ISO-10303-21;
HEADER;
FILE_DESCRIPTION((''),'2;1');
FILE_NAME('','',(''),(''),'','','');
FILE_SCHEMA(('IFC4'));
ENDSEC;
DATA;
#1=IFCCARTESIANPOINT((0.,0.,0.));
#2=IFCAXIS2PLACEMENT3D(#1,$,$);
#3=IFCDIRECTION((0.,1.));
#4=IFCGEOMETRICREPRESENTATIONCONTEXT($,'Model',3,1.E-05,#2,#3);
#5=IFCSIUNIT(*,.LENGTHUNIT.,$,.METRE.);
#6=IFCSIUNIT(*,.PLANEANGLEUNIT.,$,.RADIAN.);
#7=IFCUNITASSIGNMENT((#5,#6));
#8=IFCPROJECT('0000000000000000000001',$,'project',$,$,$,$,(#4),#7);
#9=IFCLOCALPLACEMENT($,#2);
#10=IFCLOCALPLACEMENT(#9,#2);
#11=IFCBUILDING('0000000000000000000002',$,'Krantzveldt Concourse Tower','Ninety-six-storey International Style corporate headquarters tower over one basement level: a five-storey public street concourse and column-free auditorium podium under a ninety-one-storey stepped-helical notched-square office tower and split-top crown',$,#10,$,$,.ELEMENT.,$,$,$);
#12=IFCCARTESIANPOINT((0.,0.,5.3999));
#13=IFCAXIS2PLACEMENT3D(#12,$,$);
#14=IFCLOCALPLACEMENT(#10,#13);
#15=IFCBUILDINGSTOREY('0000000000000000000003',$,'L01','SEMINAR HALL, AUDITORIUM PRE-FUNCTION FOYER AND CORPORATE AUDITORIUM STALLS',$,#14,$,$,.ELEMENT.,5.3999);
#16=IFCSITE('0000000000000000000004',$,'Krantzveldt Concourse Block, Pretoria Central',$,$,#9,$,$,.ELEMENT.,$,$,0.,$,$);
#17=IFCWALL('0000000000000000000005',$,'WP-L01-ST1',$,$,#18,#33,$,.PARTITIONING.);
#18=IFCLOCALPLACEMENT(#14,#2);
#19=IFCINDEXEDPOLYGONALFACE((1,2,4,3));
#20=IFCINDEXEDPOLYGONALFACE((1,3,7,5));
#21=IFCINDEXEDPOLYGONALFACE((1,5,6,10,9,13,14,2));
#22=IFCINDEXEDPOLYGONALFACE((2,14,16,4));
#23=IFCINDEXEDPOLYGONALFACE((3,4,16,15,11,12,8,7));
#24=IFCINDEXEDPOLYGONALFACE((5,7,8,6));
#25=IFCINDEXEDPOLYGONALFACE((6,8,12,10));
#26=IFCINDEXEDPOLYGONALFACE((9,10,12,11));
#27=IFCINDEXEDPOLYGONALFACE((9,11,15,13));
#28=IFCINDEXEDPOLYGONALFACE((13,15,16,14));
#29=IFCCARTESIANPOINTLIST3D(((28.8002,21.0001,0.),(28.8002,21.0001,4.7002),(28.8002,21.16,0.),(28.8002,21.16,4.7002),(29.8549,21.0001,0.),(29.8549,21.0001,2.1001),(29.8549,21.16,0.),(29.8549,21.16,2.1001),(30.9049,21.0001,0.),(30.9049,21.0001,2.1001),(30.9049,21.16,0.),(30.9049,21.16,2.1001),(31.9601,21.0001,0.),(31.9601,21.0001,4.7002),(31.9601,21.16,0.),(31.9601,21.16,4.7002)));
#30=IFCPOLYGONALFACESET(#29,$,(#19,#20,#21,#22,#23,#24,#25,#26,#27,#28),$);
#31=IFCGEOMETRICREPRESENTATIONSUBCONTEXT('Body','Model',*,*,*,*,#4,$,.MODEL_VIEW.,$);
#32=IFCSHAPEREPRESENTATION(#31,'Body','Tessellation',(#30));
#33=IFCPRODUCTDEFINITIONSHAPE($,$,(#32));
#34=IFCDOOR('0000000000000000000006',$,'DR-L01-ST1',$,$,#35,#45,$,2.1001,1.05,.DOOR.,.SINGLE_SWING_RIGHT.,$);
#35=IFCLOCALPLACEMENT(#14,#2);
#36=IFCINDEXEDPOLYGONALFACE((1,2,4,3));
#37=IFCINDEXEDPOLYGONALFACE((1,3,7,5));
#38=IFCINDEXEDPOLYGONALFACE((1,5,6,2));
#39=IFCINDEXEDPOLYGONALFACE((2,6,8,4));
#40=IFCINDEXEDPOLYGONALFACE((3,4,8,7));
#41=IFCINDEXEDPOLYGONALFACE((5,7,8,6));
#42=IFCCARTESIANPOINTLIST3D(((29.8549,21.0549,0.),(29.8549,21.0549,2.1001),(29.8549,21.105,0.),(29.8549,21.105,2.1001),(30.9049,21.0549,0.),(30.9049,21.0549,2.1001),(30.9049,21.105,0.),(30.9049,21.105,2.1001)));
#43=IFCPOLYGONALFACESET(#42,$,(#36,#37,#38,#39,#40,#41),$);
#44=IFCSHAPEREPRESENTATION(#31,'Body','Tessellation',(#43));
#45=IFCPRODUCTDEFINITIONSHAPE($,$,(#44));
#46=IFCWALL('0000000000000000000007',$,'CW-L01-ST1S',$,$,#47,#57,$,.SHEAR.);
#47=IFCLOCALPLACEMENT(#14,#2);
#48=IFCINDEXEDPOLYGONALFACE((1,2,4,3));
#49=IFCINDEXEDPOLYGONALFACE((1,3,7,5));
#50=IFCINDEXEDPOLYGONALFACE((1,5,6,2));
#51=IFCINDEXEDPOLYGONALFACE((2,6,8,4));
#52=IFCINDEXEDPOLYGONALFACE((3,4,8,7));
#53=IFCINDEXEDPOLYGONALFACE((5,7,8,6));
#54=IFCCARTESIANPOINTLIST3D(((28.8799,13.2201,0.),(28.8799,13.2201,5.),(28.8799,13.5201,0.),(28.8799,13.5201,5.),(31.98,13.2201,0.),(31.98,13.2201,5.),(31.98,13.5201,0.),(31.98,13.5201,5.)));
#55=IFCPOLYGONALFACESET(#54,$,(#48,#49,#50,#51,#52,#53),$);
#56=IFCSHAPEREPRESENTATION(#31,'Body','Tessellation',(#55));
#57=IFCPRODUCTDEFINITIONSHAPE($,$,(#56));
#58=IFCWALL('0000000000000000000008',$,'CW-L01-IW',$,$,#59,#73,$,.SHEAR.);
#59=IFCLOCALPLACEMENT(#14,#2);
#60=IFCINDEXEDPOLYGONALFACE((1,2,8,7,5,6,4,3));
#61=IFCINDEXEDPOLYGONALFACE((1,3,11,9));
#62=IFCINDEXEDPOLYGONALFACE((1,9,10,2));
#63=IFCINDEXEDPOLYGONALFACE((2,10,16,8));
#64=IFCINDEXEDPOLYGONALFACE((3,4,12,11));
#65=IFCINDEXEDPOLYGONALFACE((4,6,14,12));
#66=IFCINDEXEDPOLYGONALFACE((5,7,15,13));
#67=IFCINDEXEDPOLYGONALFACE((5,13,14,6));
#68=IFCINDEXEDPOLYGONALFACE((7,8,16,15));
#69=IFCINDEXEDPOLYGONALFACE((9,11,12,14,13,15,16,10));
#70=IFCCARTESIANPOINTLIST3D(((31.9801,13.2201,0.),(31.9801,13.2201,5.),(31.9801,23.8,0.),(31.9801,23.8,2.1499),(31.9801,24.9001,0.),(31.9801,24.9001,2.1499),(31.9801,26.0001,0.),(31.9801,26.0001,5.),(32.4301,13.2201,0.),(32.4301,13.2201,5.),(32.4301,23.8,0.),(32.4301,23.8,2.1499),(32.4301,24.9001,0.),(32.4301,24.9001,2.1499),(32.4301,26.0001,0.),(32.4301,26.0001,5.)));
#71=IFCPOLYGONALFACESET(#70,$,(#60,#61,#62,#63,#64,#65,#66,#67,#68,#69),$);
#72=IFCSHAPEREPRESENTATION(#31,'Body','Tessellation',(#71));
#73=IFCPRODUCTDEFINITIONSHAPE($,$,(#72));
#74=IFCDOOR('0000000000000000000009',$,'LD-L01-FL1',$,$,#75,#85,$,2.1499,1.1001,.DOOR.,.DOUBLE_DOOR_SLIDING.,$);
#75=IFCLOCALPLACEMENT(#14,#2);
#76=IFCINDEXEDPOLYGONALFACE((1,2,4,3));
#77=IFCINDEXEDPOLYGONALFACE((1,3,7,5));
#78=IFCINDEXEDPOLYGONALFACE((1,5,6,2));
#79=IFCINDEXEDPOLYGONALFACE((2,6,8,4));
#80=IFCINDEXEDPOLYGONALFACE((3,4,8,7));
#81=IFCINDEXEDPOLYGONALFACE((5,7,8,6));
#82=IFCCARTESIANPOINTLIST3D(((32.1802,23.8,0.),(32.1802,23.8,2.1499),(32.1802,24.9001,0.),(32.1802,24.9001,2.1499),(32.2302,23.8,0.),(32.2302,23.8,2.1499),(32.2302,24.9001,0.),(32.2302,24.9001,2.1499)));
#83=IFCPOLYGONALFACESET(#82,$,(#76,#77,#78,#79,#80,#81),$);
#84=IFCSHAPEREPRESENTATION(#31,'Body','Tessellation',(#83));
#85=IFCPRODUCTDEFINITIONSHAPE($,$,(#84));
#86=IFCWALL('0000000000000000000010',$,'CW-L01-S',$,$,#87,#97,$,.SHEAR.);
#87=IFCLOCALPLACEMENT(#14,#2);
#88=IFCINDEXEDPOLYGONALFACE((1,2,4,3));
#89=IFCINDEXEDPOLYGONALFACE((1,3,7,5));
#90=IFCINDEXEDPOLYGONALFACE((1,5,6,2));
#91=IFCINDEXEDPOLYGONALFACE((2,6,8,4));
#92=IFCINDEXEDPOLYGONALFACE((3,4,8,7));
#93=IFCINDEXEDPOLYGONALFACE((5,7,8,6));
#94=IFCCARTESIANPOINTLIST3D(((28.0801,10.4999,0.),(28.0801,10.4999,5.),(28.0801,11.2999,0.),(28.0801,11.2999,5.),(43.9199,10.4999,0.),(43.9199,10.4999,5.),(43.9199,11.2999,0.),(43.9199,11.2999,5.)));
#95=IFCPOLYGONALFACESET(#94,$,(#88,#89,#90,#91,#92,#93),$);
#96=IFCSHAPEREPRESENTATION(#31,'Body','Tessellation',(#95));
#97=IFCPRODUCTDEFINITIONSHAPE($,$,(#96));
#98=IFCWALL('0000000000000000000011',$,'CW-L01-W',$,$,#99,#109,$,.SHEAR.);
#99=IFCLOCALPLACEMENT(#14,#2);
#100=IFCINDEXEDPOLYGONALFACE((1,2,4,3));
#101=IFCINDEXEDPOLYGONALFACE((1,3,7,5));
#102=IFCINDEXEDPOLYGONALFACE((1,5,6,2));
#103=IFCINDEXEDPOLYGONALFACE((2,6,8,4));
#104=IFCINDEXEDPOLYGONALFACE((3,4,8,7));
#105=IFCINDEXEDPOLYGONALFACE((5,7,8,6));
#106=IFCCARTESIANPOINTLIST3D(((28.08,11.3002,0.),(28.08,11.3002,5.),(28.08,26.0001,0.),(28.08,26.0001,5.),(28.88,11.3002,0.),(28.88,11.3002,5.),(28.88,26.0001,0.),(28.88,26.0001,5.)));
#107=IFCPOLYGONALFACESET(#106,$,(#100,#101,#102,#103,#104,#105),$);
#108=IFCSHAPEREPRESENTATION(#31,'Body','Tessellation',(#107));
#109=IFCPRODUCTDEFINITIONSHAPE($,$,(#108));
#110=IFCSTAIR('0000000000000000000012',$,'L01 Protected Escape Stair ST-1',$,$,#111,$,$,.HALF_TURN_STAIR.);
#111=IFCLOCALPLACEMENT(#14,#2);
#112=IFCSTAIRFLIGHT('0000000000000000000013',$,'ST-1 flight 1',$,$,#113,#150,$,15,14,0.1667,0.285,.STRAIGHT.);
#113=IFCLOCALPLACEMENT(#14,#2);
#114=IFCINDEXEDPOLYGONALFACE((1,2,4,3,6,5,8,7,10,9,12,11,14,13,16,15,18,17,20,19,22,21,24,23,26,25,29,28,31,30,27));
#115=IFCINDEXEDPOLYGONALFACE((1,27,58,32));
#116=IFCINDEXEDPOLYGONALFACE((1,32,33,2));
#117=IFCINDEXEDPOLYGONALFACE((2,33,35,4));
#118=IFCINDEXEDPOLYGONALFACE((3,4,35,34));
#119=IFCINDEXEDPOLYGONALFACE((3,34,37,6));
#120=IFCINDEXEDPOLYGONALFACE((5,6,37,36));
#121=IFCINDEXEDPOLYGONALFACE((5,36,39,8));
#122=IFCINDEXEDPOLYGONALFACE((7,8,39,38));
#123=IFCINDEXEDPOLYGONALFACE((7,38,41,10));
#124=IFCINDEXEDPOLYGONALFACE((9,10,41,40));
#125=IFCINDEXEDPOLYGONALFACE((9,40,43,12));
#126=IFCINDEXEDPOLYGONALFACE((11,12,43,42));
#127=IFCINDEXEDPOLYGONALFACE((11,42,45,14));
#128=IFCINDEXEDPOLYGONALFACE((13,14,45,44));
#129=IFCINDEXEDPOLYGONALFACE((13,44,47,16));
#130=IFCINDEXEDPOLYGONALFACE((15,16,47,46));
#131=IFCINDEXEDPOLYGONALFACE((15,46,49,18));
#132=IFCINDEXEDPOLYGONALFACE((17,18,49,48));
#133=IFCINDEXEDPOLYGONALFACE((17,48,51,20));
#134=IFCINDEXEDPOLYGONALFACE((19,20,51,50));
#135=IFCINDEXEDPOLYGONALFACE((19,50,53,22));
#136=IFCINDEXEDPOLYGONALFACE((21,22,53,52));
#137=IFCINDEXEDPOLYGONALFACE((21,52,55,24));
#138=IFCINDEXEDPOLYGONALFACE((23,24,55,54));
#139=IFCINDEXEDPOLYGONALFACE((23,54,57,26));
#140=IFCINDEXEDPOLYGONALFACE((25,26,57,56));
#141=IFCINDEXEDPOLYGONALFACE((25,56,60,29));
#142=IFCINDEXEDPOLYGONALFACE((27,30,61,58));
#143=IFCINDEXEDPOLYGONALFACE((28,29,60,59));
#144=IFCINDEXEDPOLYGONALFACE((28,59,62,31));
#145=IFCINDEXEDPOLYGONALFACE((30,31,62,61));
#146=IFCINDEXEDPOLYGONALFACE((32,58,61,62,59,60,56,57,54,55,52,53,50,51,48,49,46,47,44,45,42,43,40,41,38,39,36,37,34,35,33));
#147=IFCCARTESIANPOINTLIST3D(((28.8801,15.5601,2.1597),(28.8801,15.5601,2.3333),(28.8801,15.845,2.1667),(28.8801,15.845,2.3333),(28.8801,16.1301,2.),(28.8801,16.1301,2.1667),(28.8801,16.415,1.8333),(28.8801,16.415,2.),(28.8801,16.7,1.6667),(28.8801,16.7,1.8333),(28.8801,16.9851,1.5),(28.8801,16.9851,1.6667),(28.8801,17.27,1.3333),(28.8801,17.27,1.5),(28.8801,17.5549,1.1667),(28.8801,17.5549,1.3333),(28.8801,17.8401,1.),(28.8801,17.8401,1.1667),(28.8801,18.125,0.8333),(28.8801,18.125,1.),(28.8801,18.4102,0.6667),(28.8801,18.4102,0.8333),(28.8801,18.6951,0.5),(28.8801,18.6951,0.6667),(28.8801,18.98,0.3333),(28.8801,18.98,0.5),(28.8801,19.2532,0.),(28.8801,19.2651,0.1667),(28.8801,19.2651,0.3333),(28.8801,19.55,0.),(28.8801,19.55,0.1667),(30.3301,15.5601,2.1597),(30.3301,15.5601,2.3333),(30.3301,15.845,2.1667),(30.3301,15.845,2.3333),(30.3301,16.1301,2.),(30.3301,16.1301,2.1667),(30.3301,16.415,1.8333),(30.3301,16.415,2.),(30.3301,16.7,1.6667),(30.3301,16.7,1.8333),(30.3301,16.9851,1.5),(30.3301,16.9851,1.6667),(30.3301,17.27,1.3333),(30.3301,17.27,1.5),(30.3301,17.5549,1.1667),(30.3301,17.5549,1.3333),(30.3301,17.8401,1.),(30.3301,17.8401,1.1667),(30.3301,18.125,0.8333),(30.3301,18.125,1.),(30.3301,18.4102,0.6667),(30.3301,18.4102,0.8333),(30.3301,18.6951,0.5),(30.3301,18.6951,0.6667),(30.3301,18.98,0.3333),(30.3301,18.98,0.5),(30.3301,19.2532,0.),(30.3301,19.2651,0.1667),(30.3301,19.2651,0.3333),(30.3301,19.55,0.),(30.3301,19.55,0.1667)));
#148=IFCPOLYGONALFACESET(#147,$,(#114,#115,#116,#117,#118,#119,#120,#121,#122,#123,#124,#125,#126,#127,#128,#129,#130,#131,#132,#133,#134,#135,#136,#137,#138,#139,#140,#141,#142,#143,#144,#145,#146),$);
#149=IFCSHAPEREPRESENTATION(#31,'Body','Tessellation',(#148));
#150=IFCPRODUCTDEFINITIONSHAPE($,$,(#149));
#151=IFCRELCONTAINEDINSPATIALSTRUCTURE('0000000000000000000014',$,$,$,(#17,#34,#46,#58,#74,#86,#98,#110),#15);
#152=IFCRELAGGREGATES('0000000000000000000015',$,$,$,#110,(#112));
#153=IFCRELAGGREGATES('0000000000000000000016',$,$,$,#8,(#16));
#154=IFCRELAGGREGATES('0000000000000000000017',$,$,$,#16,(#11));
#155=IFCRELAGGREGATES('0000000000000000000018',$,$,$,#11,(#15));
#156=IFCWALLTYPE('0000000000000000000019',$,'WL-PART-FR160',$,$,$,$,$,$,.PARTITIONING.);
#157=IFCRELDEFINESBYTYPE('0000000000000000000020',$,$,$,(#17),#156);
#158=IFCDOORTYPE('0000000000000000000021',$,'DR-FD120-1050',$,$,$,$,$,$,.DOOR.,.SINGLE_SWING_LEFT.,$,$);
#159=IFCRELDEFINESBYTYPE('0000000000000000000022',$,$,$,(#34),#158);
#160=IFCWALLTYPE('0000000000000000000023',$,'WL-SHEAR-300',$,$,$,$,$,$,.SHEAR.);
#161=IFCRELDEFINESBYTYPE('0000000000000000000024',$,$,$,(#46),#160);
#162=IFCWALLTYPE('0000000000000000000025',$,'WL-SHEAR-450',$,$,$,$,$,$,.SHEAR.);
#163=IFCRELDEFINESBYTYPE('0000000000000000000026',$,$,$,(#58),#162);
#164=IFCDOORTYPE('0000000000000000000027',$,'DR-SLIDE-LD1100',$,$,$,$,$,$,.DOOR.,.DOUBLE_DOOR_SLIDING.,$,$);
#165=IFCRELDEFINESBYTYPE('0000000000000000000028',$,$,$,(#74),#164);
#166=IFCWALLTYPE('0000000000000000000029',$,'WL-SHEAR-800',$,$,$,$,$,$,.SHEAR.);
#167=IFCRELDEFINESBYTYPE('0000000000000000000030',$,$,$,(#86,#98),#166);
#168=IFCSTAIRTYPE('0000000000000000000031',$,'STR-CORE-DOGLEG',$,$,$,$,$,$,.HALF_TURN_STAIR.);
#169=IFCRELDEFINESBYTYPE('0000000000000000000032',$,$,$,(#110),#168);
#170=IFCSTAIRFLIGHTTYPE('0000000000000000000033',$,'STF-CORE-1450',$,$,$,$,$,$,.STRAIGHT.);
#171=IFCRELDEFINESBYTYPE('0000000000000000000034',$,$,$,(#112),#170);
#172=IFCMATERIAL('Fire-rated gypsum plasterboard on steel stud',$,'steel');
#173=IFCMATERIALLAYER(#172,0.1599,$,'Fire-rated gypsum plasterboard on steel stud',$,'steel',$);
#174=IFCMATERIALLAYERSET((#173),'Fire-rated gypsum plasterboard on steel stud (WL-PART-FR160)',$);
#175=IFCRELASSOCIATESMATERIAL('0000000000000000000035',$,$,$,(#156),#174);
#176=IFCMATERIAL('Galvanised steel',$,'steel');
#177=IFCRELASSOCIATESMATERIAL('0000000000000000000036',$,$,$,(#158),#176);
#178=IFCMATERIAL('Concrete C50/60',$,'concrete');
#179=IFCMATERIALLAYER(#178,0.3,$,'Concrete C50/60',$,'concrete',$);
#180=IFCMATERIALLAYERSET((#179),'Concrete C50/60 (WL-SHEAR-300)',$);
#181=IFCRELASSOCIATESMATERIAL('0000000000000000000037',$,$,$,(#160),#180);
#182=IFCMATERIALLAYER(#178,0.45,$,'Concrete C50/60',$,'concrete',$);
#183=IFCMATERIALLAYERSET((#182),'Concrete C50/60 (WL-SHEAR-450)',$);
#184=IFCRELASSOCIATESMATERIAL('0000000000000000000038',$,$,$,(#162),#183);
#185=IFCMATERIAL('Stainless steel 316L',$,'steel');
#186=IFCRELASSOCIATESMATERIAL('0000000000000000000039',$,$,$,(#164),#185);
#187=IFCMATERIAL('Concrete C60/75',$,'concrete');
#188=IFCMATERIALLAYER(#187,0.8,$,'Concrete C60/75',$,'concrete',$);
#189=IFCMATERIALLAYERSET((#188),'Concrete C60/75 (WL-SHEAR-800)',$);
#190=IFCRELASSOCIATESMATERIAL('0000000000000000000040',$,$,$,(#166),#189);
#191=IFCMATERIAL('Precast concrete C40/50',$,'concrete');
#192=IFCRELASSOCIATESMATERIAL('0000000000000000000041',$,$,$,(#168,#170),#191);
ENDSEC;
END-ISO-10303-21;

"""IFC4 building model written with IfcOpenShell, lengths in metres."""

from ifc_helpers import new_model, si_unit, direction, frame, frame_2d, origin, place, context, subcontext, project, spatial, polyline, rectangle, outline, extrude, material, layer, layer_set, type_object, element, fill, aggregate, save


model = new_model("IFC4")

# Units and contexts
model_context = context("Model", 3, precision=1e-05, world=origin(), true_north=direction((0.0, 1.0)))
body_context = subcontext(model_context, "Body", "Model", "MODEL_VIEW")
ifc_project = project(units=[si_unit("LENGTHUNIT", "METRE"), si_unit("PLANEANGLEUNIT", "RADIAN")], contexts=[model_context])

# Site, building, storey
site_placement = place(None, origin())
site = spatial("IfcSite", under=ifc_project, at=site_placement, Name="Krantzveldt Concourse Block, Pretoria Central", CompositionType="ELEMENT", RefElevation=0.0)
building_placement = place(site_placement, origin())
building = spatial("IfcBuilding", under=site, at=building_placement, Name="Krantzveldt Concourse Tower", Description="Ninety-six-storey International Style corporate headquarters tower over one basement level: a five-storey public street concourse and column-free auditorium podium under a ninety-one-storey stepped-helical notched-square office tower and split-top crown", CompositionType="ELEMENT")
storey_placement = place(building_placement, frame((0.0, 0.0, 5.3999)))
storey = spatial("IfcBuildingStorey", under=building, at=storey_placement, Name="L01", Description="SEMINAR HALL, AUDITORIUM PRE-FUNCTION FOYER AND CORPORATE AUDITORIUM STALLS", CompositionType="ELEMENT", Elevation=5.3999)

# Shared definitions
ifc_material_1 = material(Name="Concrete C60/75", Category="concrete")

# Shared definitions
ifc_material_2 = material(Name="Fire-rated gypsum plasterboard on steel stud", Category="steel")

# Wall, opening, door
ifc_layer_1 = layer(ifc_material_2, 0.1599, Name="Fire-rated gypsum plasterboard on steel stud", Category="steel")
ifc_layer_set_1 = layer_set([ifc_layer_1], Name="Fire-rated gypsum plasterboard on steel stud (WL-PART-FR160)")
wall_type_1 = type_object("IfcWallType", Name="WL-PART-FR160", PredefinedType="PARTITIONING", material=ifc_layer_set_1)
wall_1_placement = place(storey_placement, frame((28.8, 21.0801, 0.0), z_axis=(0.0, 0.0, 1.0), x_axis=(1.0, 0.0, 0.0)))
wall_1 = element("IfcWall", 1, at=wall_1_placement, inside=storey, type_object=wall_type_1, Name="WP-L01-ST1", PredefinedType="PARTITIONING", context=body_context, shape_type="SweptSolid", body=[
    extrude(rectangle(XDim=3.1599, YDim=0.1599, at=frame_2d((1.5801, 0.0))), origin(), (0.0, 0.0, 1.0), 4.7002),
])
opening_1_placement = place(wall_1_placement, frame((1.0549, 0.0, 0.0)))
opening_1 = element("IfcOpeningElement", 2, at=opening_1_placement, cuts=wall_1, PredefinedType="OPENING", context=body_context, shape_type="SweptSolid", body=[
    extrude(rectangle(XDim=1.05, YDim=2.1001, at=frame_2d((0.5249, 1.05))), frame((0.0, 0.0898, 0.0), z_axis=(0.0, -1.0, 0.0), x_axis=(1.0, 0.0, 0.0)), (0.0, 0.0, 1.0), 0.1799),
])
ifc_material_3 = material(Name="Galvanised steel", Category="steel")
door_type_1 = type_object("IfcDoorType", Name="DR-FD120-1050", OperationType="SINGLE_SWING_LEFT", PredefinedType="DOOR", material=ifc_material_3)
door_1_placement = place(opening_1_placement, origin())
door_1 = element("IfcDoor", 3, at=door_1_placement, inside=storey, type_object=door_type_1, Name="DR-L01-ST1", OperationType="SINGLE_SWING_RIGHT", OverallHeight=2.1001, OverallWidth=1.05, PredefinedType="DOOR", context=body_context, shape_type="SweptSolid", body=[
    extrude(rectangle(XDim=1.05, YDim=2.1001, at=frame_2d((0.5249, 1.05))), frame((0.0, 0.0249, 0.0), z_axis=(0.0, -1.0, 0.0), x_axis=(1.0, 0.0, 0.0)), (0.0, 0.0, 1.0), 0.05),
])
fill(opening_1, door_1)

# Wall
ifc_material_4 = material(Name="Concrete C50/60", Category="concrete")
ifc_layer_2 = layer(ifc_material_4, 0.3, Name="Concrete C50/60", Category="concrete")
ifc_layer_set_2 = layer_set([ifc_layer_2], Name="Concrete C50/60 (WL-SHEAR-300)")
wall_type_2 = type_object("IfcWallType", Name="WL-SHEAR-300", PredefinedType="SHEAR", material=ifc_layer_set_2)
wall_2_placement = place(storey_placement, frame((28.8799, 13.3701, 0.0), z_axis=(0.0, 0.0, 1.0), x_axis=(1.0, 0.0, 0.0)))
element("IfcWall", 4, at=wall_2_placement, inside=storey, type_object=wall_type_2, Name="CW-L01-ST1S", PredefinedType="SHEAR", context=body_context, shape_type="SweptSolid", body=[
    extrude(rectangle(XDim=3.1001, YDim=0.3, at=frame_2d((1.55, 0.0))), origin(), (0.0, 0.0, 1.0), 5.0),
])

# Wall, opening, door
ifc_layer_3 = layer(ifc_material_4, 0.45, Name="Concrete C50/60", Category="concrete")
ifc_layer_set_3 = layer_set([ifc_layer_3], Name="Concrete C50/60 (WL-SHEAR-450)")
wall_type_3 = type_object("IfcWallType", Name="WL-SHEAR-450", PredefinedType="SHEAR", material=ifc_layer_set_3)
wall_3_placement = place(storey_placement, frame((32.2051, 13.22, 0.0), z_axis=(0.0, 0.0, 1.0), x_axis=(0.0, 1.0, 0.0)))
wall_3 = element("IfcWall", 5, at=wall_3_placement, inside=storey, type_object=wall_type_3, Name="CW-L01-IW", PredefinedType="SHEAR", context=body_context, shape_type="SweptSolid", body=[
    extrude(rectangle(XDim=12.78, YDim=0.45, at=frame_2d((6.3901, 0.0))), origin(), (0.0, 0.0, 1.0), 5.0),
])
opening_2_placement = place(wall_3_placement, frame((10.5801, 0.0, 0.0)))
opening_2 = element("IfcOpeningElement", 6, at=opening_2_placement, cuts=wall_3, PredefinedType="OPENING", context=body_context, shape_type="SweptSolid", body=[
    extrude(rectangle(XDim=1.1001, YDim=2.1499, at=frame_2d((0.55, 1.075))), frame((0.0, 0.2349, 0.0), z_axis=(0.0, -1.0, 0.0), x_axis=(1.0, 0.0, 0.0)), (0.0, 0.0, 1.0), 0.47),
])
ifc_material_5 = material(Name="Stainless steel 316L", Category="steel")
door_type_2 = type_object("IfcDoorType", Name="DR-SLIDE-LD1100", OperationType="DOUBLE_DOOR_SLIDING", PredefinedType="DOOR", material=ifc_material_5)
door_2_placement = place(opening_2_placement, origin())
door_2 = element("IfcDoor", 7, at=door_2_placement, inside=storey, type_object=door_type_2, Name="LD-L01-FL1", OperationType="DOUBLE_DOOR_SLIDING", OverallHeight=2.1499, OverallWidth=1.1001, PredefinedType="DOOR", context=body_context, shape_type="SweptSolid", body=[
    extrude(rectangle(XDim=1.1001, YDim=2.1499, at=frame_2d((0.55, 1.075))), frame((0.0, 0.0249, 0.0), z_axis=(0.0, -1.0, 0.0), x_axis=(1.0, 0.0, 0.0)), (0.0, 0.0, 1.0), 0.05),
])
fill(opening_2, door_2)

# Walls
ifc_layer_4 = layer(ifc_material_1, 0.8, Name="Concrete C60/75", Category="concrete")
ifc_layer_set_4 = layer_set([ifc_layer_4], Name="Concrete C60/75 (WL-SHEAR-800)")
wall_type_4 = type_object("IfcWallType", Name="WL-SHEAR-800", PredefinedType="SHEAR", material=ifc_layer_set_4)
wall_4_placement = place(storey_placement, frame((28.0801, 10.8999, 0.0), z_axis=(0.0, 0.0, 1.0), x_axis=(1.0, 0.0, 0.0)))
element("IfcWall", 8, at=wall_4_placement, inside=storey, type_object=wall_type_4, Name="CW-L01-S", PredefinedType="SHEAR", context=body_context, shape_type="SweptSolid", body=[
    extrude(rectangle(XDim=15.8398, YDim=0.8, at=frame_2d((7.9199, 0.0))), origin(), (0.0, 0.0, 1.0), 5.0),
])
wall_5_placement = place(storey_placement, frame((28.48, 11.3, 0.0), z_axis=(0.0, 0.0, 1.0), x_axis=(0.0, 1.0, 0.0)))
element("IfcWall", 9, at=wall_5_placement, inside=storey, type_object=wall_type_4, Name="CW-L01-W", PredefinedType="SHEAR", context=body_context, shape_type="SweptSolid", body=[
    extrude(rectangle(XDim=14.7, YDim=0.8, at=frame_2d((7.3501, 0.0))), origin(), (0.0, 0.0, 1.0), 5.0),
])

# Stair, stair flight
ifc_material_6 = material(Name="Precast concrete C40/50", Category="concrete")
stair_type = type_object("IfcStairType", Name="STR-CORE-DOGLEG", PredefinedType="HALF_TURN_STAIR", material=ifc_material_6)
stair_placement = place(storey_placement, origin())
stair = element("IfcStair", 10, at=stair_placement, inside=storey, type_object=stair_type, Name="L01 Protected Escape Stair ST-1", PredefinedType="HALF_TURN_STAIR")
stair_flight_type = type_object("IfcStairFlightType", Name="STF-CORE-1450", PredefinedType="STRAIGHT", material=ifc_material_6)
stair_flight_1_placement = place(storey_placement, frame((29.605, 19.55, 0.0), z_axis=(0.0, 0.0, 1.0), x_axis=(0.0, -1.0, 0.0)))
stair_flight_1 = element("IfcStairFlight", 11, at=stair_flight_1_placement, type_object=stair_flight_type, Name="ST-1 flight 1", NumberOfRisers=15, NumberOfTreads=14, PredefinedType="STRAIGHT", RiserHeight=0.1667, TreadLength=0.285, context=body_context, shape_type="SweptSolid", body=[
    extrude(outline(polyline([(0.0, 0.0), (0.0, 0.1667), (0.2849, 0.1667), (0.2849, 0.3333), (0.5701, 0.3333), (0.5701, 0.5), (0.855, 0.5), (0.855, 0.6667), (1.1399, 0.6667), (1.1399, 0.8333), (1.425, 0.8333), (1.425, 1.0), (1.71, 1.0), (1.71, 1.1667), (1.9951, 1.1667), (1.9951, 1.3333), (2.28, 1.3333), (2.28, 1.5), (2.5649, 1.5), (2.5649, 1.6667), (2.8501, 1.6667), (2.8501, 1.8333), (3.135, 1.8333), (3.135, 2.0), (3.4199, 2.0), (3.4199, 2.1667), (3.7051, 2.1667), (3.7051, 2.3333), (3.99, 2.3333), (3.99, 2.5), (3.99, 2.1597), (0.2969, 0.0), (0.0, 0.0)])), frame((0.0, 0.7251, 0.0), z_axis=(0.0, -1.0, 0.0), x_axis=(1.0, 0.0, 0.0)), (0.0, 0.0, 1.0), 1.45),
])
aggregate(stair, [stair_flight_1])

save(model, "model.ifc")
